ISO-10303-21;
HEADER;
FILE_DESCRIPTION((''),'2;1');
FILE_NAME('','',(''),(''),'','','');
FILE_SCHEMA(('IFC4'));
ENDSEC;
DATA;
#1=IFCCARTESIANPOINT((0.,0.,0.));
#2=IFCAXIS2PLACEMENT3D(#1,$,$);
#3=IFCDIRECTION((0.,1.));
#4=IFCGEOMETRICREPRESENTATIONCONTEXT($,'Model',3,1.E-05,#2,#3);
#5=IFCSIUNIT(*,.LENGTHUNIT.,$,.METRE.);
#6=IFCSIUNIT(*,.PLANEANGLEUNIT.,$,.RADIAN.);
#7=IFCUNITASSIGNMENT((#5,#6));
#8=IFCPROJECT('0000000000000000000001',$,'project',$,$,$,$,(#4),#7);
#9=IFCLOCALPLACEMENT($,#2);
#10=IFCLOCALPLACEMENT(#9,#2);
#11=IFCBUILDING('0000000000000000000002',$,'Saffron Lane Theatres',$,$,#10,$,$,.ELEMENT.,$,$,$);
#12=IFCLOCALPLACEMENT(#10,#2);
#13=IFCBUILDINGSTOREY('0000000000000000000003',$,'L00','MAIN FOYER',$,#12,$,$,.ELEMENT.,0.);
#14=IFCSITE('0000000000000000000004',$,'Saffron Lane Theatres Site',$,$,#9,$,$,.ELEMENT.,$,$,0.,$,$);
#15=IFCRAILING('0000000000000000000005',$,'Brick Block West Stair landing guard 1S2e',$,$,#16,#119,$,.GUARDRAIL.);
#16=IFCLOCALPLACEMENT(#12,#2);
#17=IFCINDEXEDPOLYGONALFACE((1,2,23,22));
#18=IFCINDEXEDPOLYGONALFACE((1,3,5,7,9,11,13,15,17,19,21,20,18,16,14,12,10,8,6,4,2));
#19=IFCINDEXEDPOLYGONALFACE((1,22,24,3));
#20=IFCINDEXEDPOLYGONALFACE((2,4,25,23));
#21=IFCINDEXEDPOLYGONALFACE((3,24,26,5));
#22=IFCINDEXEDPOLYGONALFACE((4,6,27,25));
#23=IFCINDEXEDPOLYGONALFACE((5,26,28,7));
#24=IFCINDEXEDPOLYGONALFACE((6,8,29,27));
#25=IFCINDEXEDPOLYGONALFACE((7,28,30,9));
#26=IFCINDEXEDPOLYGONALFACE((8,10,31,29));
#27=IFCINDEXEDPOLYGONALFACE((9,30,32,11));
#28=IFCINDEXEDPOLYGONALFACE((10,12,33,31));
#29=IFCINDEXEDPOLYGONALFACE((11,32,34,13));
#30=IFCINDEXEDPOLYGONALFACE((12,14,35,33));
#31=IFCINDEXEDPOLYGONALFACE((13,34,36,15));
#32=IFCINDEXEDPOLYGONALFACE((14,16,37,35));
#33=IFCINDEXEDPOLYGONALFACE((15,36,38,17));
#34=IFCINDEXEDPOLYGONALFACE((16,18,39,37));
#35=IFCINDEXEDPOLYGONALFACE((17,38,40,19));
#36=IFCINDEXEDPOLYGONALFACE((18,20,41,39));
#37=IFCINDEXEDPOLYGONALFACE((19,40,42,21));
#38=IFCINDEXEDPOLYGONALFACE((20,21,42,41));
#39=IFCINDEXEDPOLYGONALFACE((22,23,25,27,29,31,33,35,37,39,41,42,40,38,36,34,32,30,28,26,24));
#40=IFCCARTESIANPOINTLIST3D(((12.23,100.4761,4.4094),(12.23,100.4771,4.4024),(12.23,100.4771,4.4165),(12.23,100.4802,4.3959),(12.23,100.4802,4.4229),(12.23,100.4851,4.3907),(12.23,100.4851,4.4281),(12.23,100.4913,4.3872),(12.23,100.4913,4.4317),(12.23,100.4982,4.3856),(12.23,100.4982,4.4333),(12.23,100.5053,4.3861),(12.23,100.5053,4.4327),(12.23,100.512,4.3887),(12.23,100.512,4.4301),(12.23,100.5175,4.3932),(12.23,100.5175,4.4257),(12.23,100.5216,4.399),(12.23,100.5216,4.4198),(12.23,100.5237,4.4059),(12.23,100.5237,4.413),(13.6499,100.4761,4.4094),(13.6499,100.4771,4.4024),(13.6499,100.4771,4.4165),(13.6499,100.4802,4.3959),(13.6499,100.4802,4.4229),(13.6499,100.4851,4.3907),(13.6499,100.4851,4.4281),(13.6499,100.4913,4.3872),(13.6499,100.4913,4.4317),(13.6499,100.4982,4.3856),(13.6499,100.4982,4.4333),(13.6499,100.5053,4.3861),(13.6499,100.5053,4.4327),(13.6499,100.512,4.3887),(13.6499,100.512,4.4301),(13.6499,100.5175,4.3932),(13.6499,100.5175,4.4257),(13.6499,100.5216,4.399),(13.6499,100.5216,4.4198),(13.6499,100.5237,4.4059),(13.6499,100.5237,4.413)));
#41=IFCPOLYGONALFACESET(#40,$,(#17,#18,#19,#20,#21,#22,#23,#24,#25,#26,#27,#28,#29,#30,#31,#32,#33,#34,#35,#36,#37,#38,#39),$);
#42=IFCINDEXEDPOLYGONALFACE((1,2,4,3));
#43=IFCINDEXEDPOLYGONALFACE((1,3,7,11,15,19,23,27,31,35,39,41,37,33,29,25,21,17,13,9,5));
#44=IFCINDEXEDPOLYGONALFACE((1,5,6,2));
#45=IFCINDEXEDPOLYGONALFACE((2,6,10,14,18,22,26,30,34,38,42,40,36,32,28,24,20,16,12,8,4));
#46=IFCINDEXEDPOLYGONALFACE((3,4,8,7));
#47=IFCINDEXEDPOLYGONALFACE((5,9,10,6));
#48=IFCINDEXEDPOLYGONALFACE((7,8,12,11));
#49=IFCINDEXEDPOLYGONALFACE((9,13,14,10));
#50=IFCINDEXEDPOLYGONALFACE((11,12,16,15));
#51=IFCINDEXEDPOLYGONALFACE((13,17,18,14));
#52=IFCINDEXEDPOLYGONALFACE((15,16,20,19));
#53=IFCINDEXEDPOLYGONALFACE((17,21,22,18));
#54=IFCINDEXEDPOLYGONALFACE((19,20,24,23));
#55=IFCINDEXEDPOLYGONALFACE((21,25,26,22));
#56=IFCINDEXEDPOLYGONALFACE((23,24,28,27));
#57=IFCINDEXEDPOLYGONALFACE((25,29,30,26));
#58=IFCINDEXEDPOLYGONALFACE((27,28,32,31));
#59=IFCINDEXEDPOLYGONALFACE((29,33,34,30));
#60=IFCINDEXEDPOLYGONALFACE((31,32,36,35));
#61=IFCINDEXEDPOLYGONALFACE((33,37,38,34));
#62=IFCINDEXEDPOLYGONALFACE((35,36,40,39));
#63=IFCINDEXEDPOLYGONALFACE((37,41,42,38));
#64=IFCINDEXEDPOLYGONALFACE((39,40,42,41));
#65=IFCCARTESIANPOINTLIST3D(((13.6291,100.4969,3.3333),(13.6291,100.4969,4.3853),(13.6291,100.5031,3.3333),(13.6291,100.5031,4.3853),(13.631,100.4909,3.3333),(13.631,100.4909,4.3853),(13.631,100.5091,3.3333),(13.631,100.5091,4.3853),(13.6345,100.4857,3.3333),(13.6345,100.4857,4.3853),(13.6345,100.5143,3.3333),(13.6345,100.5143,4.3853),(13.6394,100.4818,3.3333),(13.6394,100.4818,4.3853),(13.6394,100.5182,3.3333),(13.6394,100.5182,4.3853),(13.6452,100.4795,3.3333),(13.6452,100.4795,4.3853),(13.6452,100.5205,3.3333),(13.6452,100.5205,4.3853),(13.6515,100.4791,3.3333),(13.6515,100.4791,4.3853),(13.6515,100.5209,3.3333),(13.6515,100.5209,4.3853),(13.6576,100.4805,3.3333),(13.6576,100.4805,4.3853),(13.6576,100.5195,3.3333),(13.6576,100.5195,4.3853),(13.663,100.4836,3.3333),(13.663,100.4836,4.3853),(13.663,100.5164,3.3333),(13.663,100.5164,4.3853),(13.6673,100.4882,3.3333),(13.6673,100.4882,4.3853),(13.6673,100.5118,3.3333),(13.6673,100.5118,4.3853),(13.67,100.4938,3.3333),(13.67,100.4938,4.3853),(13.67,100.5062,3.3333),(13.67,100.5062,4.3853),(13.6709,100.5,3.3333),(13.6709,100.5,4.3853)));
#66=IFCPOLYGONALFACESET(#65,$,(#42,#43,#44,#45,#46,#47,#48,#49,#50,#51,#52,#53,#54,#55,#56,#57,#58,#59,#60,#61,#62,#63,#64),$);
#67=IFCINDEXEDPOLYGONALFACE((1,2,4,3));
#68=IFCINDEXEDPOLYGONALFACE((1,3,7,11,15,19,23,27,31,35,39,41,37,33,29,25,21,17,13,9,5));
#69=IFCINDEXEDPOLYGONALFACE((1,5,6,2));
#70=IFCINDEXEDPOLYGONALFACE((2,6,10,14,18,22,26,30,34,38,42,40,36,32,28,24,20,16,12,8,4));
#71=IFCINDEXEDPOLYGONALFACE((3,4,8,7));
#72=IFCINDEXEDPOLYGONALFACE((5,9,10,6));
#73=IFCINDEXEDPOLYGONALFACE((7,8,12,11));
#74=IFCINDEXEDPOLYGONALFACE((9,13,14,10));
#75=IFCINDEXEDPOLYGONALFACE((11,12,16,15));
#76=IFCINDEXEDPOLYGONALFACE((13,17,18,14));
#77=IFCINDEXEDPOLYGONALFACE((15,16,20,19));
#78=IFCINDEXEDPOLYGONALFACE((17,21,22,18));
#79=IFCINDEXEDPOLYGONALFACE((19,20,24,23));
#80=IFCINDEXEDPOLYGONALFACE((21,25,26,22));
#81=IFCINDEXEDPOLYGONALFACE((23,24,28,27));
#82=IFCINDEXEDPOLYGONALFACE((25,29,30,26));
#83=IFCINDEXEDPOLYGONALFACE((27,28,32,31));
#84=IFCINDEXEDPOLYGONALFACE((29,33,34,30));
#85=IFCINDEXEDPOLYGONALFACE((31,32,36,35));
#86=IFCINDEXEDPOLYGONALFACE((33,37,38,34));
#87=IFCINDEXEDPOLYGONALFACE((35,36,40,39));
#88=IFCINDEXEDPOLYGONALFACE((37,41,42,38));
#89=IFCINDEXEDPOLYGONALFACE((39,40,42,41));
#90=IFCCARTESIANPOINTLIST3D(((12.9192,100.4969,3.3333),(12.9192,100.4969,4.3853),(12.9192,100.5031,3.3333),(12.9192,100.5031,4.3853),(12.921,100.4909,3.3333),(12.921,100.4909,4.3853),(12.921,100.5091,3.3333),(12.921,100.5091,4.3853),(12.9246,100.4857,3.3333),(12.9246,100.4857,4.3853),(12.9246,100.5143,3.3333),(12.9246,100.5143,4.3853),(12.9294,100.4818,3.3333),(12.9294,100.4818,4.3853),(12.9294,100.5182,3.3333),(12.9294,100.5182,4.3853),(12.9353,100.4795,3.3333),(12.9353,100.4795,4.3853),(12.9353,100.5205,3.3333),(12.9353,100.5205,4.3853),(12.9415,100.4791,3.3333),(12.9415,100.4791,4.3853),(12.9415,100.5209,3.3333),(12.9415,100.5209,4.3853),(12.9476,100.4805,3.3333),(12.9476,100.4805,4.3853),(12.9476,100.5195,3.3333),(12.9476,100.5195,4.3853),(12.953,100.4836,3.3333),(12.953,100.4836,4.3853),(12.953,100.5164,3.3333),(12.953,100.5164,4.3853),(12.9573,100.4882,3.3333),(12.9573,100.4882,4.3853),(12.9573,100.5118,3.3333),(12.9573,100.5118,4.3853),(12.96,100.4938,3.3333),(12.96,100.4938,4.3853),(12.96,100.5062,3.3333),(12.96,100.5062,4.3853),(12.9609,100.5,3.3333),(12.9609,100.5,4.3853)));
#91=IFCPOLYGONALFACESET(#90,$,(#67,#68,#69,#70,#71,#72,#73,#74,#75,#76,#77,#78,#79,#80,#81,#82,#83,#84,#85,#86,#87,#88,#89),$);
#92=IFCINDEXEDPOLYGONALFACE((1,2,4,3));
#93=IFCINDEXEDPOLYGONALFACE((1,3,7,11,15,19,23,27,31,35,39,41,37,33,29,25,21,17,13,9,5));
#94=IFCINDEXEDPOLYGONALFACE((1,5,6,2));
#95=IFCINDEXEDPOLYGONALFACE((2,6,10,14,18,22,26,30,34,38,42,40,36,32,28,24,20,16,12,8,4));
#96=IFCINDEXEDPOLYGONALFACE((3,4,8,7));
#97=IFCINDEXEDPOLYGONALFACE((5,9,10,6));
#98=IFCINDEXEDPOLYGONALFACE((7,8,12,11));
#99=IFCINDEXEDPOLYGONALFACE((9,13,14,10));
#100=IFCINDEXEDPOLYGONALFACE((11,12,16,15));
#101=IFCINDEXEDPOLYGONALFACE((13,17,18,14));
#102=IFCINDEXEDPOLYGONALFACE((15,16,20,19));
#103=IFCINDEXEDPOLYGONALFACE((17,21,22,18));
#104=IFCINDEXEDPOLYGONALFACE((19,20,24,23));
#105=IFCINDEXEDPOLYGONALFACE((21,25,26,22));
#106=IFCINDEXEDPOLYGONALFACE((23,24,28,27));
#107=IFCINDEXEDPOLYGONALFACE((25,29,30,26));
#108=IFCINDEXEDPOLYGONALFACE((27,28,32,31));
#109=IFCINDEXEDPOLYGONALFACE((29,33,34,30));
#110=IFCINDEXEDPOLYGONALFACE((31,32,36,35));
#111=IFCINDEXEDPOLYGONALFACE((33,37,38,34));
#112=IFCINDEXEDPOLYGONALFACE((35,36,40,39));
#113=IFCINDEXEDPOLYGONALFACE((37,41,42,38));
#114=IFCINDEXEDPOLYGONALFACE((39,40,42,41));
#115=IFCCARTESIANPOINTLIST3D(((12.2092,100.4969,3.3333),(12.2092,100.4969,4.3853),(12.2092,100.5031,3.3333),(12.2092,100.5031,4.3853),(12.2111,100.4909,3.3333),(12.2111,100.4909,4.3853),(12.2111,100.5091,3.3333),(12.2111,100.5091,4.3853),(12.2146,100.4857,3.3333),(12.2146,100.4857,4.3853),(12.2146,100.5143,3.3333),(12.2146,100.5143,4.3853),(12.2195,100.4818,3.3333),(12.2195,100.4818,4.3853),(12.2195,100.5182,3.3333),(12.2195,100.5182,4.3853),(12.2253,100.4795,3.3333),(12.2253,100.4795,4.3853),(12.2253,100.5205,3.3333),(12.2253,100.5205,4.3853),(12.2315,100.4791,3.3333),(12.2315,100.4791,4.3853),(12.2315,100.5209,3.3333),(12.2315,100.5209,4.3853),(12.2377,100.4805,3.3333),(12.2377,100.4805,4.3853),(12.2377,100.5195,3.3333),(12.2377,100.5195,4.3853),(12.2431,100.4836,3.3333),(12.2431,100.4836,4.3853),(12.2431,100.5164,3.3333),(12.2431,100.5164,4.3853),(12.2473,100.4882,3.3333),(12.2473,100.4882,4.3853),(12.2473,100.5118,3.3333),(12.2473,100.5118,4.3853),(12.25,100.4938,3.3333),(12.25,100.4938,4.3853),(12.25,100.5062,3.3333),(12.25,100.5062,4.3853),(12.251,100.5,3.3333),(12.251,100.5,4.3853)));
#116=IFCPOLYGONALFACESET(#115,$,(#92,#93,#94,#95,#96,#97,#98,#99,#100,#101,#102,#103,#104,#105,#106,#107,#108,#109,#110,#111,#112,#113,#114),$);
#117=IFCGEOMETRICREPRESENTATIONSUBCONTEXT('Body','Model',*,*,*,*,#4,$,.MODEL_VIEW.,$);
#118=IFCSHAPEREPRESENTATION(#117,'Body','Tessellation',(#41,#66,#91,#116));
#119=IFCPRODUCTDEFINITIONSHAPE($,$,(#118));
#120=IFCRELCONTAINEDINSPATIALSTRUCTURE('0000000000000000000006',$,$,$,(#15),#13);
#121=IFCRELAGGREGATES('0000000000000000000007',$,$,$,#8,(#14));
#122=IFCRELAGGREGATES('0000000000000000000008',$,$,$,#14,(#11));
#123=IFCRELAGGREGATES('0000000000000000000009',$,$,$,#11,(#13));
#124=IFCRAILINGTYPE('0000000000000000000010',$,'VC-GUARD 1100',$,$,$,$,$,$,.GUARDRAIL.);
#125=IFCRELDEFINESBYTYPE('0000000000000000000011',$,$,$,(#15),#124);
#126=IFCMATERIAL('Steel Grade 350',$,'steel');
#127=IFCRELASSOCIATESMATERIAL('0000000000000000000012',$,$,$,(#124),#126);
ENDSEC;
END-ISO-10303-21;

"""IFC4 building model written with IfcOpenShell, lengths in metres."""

from ifc_helpers import new_model, si_unit, direction, frame, origin, origin_2d, place, context, subcontext, project, spatial, circle, extrude, material, type_object, element, save


model = new_model("IFC4")

# Units and contexts
model_context = context("Model", 3, precision=1e-05, world=origin(), true_north=direction((0.0, 1.0)))
body_context = subcontext(model_context, "Body", "Model", "MODEL_VIEW")
ifc_project = project(units=[si_unit("LENGTHUNIT", "METRE"), si_unit("PLANEANGLEUNIT", "RADIAN")], contexts=[model_context])

# Site, building, storey
site_placement = place(None, origin())
site = spatial("IfcSite", under=ifc_project, at=site_placement, Name="Saffron Lane Theatres Site", CompositionType="ELEMENT", RefElevation=0.0)
building_placement = place(site_placement, origin())
building = spatial("IfcBuilding", under=site, at=building_placement, Name="Saffron Lane Theatres", CompositionType="ELEMENT")
storey_placement = place(building_placement, origin())
storey = spatial("IfcBuildingStorey", under=building, at=storey_placement, Name="L00", Description="MAIN FOYER", CompositionType="ELEMENT", Elevation=0.0)

# Railing
ifc_material_1 = material(Name="Steel Grade 350", Category="steel")
railing_type_1 = type_object("IfcRailingType", Name="VC-GUARD 1100", PredefinedType="GUARDRAIL", material=ifc_material_1)
railing_1_placement = place(storey_placement, frame((13.6499, 100.5, 3.3333)))
element("IfcRailing", 1, at=railing_1_placement, inside=storey, type_object=railing_type_1, Name="Brick Block West Stair landing guard 1S2e", PredefinedType="GUARDRAIL", context=body_context, shape_type="SweptSolid", body=[
    extrude(circle(Radius=0.0239, at=origin_2d()), frame((0.0, 0.0, 1.0762), z_axis=(-1.0, 0.0, 0.0), x_axis=(0.0, -1.0, 0.0)), (0.0, 0.0, 1.0), 1.4199),
    extrude(circle(Radius=0.021, at=origin_2d()), origin(), (0.0, 0.0, 1.0), 1.052),
    extrude(circle(Radius=0.021, at=origin_2d()), frame((-0.71, 0.0, 0.0)), (0.0, 0.0, 1.0), 1.052),
    extrude(circle(Radius=0.021, at=origin_2d()), frame((-1.4199, 0.0, 0.0)), (0.0, 0.0, 1.0), 1.052),
])

save(model, "model.ifc")
